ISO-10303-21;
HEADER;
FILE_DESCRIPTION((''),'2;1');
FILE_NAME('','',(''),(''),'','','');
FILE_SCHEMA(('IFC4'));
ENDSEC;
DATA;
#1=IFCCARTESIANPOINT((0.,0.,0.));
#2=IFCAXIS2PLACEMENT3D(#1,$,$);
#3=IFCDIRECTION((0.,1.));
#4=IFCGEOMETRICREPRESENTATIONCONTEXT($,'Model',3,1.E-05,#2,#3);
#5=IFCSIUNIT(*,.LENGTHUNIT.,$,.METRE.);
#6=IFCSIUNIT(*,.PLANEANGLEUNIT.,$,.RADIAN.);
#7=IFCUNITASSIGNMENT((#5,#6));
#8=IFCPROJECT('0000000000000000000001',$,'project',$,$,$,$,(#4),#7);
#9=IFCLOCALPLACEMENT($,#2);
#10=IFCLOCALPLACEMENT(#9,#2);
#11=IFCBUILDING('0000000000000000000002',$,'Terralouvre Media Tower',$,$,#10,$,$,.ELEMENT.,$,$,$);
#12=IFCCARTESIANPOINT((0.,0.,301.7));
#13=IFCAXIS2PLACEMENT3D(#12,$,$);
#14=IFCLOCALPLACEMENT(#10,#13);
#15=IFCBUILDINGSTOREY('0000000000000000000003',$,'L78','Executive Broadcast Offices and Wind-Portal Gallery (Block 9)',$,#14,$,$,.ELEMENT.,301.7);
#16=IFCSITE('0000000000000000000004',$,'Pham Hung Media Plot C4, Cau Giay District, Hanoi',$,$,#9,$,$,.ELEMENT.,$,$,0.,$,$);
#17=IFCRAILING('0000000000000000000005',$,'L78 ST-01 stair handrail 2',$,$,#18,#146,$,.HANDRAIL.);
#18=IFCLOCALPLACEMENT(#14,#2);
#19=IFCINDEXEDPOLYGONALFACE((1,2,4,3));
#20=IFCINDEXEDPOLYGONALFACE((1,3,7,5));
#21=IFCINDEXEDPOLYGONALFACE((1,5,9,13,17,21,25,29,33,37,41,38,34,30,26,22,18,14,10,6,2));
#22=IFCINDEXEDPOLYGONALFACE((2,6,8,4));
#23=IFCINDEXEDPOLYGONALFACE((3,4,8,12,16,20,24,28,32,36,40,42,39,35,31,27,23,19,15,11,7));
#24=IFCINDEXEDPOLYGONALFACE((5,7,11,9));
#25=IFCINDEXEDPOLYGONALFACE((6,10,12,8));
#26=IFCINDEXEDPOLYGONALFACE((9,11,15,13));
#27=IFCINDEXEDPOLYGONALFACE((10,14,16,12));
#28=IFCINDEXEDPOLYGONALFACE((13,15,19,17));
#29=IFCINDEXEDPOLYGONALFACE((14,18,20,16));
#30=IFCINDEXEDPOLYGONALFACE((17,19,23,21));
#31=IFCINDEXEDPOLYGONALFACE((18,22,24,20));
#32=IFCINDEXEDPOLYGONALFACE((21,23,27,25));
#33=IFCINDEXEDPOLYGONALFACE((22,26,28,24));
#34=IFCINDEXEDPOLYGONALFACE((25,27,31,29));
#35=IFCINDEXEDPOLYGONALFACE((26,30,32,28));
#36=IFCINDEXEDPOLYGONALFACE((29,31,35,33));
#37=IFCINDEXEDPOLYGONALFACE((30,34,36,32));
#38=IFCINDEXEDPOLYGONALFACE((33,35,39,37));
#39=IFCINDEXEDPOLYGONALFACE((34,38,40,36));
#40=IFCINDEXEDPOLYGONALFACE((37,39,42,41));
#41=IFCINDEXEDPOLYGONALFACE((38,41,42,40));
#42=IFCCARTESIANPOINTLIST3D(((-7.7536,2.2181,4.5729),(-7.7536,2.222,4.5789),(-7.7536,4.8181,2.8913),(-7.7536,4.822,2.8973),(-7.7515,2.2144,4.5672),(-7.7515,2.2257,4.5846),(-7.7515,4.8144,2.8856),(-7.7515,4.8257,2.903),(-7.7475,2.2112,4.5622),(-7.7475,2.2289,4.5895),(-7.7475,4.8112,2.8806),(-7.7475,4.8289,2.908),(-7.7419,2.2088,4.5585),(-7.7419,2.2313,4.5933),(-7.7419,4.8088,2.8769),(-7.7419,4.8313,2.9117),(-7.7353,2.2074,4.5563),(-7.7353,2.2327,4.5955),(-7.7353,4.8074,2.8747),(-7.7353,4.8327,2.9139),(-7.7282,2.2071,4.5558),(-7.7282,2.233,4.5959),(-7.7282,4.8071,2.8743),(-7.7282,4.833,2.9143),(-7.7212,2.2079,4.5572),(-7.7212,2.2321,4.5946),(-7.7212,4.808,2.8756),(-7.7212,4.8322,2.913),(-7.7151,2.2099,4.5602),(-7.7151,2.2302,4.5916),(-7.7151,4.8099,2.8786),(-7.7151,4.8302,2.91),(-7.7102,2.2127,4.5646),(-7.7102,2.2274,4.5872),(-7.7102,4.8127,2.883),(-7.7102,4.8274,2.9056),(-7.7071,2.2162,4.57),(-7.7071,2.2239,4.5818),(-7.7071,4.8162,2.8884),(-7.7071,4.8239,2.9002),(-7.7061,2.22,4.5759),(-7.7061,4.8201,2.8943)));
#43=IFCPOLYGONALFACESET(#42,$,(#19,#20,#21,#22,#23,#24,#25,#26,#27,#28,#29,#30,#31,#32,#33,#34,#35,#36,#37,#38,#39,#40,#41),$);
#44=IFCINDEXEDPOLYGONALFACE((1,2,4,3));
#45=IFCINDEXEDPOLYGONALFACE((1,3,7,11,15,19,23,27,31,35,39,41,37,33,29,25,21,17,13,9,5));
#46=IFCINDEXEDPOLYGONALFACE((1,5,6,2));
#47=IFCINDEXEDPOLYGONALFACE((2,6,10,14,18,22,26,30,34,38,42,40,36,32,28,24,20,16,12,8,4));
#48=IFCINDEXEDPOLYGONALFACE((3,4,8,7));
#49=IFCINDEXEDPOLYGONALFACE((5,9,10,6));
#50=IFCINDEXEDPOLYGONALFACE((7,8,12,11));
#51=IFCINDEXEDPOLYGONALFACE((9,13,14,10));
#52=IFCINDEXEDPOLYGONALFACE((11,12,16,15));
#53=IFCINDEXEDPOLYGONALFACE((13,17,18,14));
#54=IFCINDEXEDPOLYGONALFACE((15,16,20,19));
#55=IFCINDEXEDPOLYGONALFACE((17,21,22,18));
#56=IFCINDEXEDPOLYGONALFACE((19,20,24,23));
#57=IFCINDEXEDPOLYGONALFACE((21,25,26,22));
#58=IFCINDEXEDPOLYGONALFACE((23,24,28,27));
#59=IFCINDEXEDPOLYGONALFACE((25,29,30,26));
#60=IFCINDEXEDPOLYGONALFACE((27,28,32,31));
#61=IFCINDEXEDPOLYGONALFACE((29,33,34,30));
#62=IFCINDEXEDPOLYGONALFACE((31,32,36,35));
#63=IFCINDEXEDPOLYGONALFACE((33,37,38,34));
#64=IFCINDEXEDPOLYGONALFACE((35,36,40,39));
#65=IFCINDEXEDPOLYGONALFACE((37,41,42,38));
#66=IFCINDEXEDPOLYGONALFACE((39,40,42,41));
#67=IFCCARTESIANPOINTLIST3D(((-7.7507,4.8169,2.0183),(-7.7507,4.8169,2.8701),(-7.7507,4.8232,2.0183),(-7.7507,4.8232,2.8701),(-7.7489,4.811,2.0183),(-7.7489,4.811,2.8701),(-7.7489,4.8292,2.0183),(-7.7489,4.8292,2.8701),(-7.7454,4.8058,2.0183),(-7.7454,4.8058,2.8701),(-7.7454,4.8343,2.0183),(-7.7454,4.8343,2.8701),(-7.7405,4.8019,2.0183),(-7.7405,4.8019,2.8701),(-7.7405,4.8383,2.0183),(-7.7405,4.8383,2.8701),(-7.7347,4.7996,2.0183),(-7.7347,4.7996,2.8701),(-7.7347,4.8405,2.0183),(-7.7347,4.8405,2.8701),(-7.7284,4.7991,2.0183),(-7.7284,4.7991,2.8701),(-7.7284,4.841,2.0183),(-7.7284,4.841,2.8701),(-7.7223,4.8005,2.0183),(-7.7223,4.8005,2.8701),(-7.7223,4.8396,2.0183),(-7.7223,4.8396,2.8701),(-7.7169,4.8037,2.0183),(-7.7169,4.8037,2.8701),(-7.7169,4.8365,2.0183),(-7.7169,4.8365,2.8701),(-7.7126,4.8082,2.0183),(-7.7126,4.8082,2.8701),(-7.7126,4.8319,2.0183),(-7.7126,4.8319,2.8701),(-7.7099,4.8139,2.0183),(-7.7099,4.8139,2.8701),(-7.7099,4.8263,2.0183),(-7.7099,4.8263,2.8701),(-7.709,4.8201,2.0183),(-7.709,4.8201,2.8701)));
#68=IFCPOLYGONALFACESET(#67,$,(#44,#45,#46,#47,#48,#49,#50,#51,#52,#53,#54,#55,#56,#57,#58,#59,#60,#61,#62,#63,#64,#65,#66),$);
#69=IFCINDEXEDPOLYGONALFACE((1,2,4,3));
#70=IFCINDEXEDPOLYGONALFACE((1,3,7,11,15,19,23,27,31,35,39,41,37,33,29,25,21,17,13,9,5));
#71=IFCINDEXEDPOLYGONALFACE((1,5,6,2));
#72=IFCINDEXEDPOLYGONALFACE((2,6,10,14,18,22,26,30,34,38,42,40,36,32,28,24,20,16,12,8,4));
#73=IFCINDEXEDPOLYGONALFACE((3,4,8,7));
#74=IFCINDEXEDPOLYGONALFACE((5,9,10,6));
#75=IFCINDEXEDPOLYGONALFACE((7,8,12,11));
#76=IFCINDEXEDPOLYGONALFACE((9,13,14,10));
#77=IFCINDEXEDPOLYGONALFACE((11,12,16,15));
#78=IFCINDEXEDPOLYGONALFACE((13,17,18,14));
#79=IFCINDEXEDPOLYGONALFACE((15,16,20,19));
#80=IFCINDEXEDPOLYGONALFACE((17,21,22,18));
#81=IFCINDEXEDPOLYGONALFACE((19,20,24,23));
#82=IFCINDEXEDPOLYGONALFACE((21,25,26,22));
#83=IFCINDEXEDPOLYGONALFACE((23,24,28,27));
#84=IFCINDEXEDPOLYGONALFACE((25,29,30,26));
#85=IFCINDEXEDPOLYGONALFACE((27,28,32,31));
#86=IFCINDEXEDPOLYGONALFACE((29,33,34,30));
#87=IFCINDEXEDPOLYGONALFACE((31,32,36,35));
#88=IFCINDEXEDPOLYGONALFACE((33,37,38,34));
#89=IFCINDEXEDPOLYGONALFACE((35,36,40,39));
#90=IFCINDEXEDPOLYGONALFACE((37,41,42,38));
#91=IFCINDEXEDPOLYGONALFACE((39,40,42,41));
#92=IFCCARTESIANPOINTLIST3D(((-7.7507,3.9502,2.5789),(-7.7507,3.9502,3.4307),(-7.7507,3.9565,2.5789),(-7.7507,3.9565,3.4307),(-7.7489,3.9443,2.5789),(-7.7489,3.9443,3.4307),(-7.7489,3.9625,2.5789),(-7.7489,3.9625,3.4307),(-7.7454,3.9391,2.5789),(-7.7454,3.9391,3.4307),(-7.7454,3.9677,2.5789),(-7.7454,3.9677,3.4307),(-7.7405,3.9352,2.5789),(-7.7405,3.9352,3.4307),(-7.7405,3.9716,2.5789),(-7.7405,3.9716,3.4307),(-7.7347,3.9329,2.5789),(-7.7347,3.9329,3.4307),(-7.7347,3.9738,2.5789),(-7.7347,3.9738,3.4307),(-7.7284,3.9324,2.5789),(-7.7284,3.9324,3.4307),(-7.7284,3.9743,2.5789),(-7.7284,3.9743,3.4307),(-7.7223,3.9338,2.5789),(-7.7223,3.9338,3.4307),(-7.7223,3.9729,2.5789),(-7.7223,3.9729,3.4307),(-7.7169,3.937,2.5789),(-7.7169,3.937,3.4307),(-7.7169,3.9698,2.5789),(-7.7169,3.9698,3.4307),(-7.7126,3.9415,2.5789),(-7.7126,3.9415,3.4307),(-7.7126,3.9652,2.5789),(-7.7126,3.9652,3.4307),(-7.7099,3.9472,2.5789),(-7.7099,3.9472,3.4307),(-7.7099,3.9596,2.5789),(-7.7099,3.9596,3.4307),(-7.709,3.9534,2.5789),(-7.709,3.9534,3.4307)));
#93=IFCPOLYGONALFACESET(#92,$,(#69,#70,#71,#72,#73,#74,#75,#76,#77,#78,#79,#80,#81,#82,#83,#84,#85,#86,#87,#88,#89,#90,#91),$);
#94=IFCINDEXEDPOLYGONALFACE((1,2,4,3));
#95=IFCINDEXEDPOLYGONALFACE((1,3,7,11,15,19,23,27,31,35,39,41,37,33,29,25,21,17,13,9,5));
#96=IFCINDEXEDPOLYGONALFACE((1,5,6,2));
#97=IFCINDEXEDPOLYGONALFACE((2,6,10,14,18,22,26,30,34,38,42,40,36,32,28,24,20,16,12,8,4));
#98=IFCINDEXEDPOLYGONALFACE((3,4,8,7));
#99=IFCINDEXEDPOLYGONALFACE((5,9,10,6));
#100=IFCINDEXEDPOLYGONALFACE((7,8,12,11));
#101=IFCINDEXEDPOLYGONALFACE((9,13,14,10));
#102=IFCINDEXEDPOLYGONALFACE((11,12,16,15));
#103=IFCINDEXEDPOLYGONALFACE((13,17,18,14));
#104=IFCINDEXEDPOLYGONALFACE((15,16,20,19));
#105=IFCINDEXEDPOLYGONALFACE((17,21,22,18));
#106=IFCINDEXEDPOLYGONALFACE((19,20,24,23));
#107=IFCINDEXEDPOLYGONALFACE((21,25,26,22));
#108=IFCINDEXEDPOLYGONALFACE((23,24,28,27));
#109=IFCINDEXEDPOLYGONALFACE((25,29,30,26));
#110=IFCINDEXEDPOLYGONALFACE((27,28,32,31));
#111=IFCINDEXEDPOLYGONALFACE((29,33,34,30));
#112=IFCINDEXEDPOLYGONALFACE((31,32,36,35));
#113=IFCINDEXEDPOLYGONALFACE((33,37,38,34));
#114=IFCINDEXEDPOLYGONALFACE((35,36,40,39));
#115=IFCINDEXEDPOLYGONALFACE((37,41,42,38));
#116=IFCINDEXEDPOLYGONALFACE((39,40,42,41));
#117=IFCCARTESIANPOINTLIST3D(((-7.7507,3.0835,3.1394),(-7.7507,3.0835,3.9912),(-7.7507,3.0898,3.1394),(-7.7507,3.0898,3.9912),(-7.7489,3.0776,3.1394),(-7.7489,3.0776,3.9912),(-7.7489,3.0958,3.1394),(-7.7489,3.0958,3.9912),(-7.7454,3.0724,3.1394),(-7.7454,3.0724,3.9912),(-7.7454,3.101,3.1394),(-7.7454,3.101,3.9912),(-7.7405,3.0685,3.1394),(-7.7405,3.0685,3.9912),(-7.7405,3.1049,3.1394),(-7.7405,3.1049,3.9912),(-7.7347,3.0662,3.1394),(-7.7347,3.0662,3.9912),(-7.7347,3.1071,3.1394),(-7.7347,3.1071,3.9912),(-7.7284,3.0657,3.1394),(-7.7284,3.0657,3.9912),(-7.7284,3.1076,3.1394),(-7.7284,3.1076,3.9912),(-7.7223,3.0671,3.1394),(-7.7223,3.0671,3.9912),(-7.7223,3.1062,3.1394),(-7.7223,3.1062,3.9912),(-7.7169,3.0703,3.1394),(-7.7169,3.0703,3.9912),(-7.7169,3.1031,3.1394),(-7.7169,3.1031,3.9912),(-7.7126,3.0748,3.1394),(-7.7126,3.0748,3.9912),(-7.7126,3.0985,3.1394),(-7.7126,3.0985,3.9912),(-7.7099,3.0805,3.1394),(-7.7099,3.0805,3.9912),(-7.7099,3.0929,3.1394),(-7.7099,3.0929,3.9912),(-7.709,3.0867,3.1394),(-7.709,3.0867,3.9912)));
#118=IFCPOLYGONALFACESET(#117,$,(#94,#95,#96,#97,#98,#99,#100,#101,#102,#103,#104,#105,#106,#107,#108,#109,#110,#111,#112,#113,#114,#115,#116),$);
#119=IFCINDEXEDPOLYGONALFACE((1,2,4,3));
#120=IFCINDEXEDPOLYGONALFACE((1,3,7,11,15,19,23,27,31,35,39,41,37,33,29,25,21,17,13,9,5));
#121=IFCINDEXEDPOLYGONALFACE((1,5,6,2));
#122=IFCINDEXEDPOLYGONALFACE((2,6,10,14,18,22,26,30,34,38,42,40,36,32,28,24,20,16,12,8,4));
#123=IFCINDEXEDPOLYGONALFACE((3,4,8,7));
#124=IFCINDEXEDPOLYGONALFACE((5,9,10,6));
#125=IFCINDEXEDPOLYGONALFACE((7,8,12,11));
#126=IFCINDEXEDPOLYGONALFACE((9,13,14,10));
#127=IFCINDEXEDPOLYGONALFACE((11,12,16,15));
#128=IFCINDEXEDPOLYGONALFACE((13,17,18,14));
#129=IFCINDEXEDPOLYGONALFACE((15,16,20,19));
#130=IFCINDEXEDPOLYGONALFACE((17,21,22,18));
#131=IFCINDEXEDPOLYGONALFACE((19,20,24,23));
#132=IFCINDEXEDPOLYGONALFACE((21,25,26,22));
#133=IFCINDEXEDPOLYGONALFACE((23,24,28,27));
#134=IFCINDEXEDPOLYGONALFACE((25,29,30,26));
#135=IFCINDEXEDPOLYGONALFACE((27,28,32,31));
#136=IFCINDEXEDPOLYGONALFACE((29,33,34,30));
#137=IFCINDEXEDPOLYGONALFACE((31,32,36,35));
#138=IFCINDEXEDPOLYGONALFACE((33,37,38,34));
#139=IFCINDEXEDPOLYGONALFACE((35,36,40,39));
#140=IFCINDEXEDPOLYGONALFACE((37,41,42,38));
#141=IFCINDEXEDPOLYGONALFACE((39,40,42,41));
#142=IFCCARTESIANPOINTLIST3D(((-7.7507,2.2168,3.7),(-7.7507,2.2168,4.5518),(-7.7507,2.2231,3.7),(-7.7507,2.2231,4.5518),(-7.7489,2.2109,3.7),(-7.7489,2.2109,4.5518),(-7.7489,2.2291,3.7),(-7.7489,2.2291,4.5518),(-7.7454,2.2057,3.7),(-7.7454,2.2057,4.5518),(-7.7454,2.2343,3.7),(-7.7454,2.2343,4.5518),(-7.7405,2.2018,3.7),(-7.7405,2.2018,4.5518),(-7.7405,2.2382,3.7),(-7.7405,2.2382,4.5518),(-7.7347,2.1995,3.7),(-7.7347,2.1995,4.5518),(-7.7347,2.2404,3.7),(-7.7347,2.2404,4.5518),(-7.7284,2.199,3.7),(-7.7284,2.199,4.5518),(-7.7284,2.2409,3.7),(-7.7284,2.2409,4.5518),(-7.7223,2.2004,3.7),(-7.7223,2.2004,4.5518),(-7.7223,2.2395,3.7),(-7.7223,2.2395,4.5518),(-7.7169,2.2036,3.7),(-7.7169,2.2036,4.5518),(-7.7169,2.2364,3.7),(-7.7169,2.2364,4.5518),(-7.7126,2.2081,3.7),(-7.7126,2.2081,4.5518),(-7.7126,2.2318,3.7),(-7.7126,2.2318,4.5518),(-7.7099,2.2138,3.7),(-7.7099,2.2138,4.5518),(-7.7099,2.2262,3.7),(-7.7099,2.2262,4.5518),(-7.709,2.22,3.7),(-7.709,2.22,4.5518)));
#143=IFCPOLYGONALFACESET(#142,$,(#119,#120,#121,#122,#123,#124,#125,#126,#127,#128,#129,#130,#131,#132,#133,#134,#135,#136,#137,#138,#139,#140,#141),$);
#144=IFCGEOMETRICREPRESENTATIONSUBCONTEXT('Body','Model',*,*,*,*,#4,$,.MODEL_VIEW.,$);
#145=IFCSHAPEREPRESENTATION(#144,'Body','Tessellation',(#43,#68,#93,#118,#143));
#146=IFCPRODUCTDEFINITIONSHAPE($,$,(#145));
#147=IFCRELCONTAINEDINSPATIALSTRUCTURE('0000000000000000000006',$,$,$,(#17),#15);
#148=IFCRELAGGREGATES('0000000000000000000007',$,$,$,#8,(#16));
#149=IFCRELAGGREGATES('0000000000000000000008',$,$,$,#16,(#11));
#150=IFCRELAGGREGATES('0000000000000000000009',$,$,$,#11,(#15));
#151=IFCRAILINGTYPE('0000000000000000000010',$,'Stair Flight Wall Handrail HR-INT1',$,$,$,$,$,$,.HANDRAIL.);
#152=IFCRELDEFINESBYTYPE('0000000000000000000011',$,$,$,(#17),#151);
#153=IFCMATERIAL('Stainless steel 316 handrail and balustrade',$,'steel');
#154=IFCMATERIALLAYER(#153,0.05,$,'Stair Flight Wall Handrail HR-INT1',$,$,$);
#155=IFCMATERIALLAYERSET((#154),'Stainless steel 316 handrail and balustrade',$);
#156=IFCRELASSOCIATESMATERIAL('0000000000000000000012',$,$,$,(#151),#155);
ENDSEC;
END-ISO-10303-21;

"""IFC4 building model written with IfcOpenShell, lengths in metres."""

from ifc_helpers import new_model, si_unit, direction, frame, origin, origin_2d, place, context, subcontext, project, spatial, circle, extrude, material, layer, layer_set, type_object, element, save


model = new_model("IFC4")

# Units and contexts
model_context = context("Model", 3, precision=1e-05, world=origin(), true_north=direction((0.0, 1.0)))
body_context = subcontext(model_context, "Body", "Model", "MODEL_VIEW")
ifc_project = project(units=[si_unit("LENGTHUNIT", "METRE"), si_unit("PLANEANGLEUNIT", "RADIAN")], contexts=[model_context])

# Site, building, storey
site_placement = place(None, origin())
site = spatial("IfcSite", under=ifc_project, at=site_placement, Name="Pham Hung Media Plot C4, Cau Giay District, Hanoi", CompositionType="ELEMENT", RefElevation=0.0)
building_placement = place(site_placement, origin())
building = spatial("IfcBuilding", under=site, at=building_placement, Name="Terralouvre Media Tower", CompositionType="ELEMENT")
storey_placement = place(building_placement, frame((0.0, 0.0, 301.7)))
storey = spatial("IfcBuildingStorey", under=building, at=storey_placement, Name="L78", Description="Executive Broadcast Offices and Wind-Portal Gallery (Block 9)", CompositionType="ELEMENT", Elevation=301.7)

# Railing
ifc_material_1 = material(Name="Stainless steel 316 handrail and balustrade", Category="steel")
ifc_layer_1 = layer(ifc_material_1, 0.05, Name="Stair Flight Wall Handrail HR-INT1")
ifc_layer_set_1 = layer_set([ifc_layer_1], Name="Stainless steel 316 handrail and balustrade")
railing_type_1 = type_object("IfcRailingType", Name="Stair Flight Wall Handrail HR-INT1", PredefinedType="HANDRAIL", material=ifc_layer_set_1)
railing_1_placement = place(storey_placement, frame((-7.73, 4.8201, 2.0183)))
element("IfcRailing", 1, at=railing_1_placement, inside=storey, type_object=railing_type_1, Name="L78 ST-01 stair handrail 2", PredefinedType="HANDRAIL", context=body_context, shape_type="SweptSolid", body=[
    extrude(circle(Radius=0.0239, at=origin_2d()), frame((0.0, 0.0, 0.876), z_axis=(0.0, -0.839684, 0.543075), x_axis=(1.0, 0.0, 0.0)), (0.0, 0.0, 1.0), 3.0964),
    extrude(circle(Radius=0.021, at=origin_2d()), origin(), (0.0, 0.0, 1.0), 0.8518),
    extrude(circle(Radius=0.021, at=origin_2d()), frame((0.0, -0.8667, 0.5605)), (0.0, 0.0, 1.0), 0.8518),
    extrude(circle(Radius=0.021, at=origin_2d()), frame((0.0, -1.7334, 1.1211)), (0.0, 0.0, 1.0), 0.8518),
    extrude(circle(Radius=0.021, at=origin_2d()), frame((0.0, -2.6001, 1.6816)), (0.0, 0.0, 1.0), 0.8518),
])

save(model, "model.ifc")
